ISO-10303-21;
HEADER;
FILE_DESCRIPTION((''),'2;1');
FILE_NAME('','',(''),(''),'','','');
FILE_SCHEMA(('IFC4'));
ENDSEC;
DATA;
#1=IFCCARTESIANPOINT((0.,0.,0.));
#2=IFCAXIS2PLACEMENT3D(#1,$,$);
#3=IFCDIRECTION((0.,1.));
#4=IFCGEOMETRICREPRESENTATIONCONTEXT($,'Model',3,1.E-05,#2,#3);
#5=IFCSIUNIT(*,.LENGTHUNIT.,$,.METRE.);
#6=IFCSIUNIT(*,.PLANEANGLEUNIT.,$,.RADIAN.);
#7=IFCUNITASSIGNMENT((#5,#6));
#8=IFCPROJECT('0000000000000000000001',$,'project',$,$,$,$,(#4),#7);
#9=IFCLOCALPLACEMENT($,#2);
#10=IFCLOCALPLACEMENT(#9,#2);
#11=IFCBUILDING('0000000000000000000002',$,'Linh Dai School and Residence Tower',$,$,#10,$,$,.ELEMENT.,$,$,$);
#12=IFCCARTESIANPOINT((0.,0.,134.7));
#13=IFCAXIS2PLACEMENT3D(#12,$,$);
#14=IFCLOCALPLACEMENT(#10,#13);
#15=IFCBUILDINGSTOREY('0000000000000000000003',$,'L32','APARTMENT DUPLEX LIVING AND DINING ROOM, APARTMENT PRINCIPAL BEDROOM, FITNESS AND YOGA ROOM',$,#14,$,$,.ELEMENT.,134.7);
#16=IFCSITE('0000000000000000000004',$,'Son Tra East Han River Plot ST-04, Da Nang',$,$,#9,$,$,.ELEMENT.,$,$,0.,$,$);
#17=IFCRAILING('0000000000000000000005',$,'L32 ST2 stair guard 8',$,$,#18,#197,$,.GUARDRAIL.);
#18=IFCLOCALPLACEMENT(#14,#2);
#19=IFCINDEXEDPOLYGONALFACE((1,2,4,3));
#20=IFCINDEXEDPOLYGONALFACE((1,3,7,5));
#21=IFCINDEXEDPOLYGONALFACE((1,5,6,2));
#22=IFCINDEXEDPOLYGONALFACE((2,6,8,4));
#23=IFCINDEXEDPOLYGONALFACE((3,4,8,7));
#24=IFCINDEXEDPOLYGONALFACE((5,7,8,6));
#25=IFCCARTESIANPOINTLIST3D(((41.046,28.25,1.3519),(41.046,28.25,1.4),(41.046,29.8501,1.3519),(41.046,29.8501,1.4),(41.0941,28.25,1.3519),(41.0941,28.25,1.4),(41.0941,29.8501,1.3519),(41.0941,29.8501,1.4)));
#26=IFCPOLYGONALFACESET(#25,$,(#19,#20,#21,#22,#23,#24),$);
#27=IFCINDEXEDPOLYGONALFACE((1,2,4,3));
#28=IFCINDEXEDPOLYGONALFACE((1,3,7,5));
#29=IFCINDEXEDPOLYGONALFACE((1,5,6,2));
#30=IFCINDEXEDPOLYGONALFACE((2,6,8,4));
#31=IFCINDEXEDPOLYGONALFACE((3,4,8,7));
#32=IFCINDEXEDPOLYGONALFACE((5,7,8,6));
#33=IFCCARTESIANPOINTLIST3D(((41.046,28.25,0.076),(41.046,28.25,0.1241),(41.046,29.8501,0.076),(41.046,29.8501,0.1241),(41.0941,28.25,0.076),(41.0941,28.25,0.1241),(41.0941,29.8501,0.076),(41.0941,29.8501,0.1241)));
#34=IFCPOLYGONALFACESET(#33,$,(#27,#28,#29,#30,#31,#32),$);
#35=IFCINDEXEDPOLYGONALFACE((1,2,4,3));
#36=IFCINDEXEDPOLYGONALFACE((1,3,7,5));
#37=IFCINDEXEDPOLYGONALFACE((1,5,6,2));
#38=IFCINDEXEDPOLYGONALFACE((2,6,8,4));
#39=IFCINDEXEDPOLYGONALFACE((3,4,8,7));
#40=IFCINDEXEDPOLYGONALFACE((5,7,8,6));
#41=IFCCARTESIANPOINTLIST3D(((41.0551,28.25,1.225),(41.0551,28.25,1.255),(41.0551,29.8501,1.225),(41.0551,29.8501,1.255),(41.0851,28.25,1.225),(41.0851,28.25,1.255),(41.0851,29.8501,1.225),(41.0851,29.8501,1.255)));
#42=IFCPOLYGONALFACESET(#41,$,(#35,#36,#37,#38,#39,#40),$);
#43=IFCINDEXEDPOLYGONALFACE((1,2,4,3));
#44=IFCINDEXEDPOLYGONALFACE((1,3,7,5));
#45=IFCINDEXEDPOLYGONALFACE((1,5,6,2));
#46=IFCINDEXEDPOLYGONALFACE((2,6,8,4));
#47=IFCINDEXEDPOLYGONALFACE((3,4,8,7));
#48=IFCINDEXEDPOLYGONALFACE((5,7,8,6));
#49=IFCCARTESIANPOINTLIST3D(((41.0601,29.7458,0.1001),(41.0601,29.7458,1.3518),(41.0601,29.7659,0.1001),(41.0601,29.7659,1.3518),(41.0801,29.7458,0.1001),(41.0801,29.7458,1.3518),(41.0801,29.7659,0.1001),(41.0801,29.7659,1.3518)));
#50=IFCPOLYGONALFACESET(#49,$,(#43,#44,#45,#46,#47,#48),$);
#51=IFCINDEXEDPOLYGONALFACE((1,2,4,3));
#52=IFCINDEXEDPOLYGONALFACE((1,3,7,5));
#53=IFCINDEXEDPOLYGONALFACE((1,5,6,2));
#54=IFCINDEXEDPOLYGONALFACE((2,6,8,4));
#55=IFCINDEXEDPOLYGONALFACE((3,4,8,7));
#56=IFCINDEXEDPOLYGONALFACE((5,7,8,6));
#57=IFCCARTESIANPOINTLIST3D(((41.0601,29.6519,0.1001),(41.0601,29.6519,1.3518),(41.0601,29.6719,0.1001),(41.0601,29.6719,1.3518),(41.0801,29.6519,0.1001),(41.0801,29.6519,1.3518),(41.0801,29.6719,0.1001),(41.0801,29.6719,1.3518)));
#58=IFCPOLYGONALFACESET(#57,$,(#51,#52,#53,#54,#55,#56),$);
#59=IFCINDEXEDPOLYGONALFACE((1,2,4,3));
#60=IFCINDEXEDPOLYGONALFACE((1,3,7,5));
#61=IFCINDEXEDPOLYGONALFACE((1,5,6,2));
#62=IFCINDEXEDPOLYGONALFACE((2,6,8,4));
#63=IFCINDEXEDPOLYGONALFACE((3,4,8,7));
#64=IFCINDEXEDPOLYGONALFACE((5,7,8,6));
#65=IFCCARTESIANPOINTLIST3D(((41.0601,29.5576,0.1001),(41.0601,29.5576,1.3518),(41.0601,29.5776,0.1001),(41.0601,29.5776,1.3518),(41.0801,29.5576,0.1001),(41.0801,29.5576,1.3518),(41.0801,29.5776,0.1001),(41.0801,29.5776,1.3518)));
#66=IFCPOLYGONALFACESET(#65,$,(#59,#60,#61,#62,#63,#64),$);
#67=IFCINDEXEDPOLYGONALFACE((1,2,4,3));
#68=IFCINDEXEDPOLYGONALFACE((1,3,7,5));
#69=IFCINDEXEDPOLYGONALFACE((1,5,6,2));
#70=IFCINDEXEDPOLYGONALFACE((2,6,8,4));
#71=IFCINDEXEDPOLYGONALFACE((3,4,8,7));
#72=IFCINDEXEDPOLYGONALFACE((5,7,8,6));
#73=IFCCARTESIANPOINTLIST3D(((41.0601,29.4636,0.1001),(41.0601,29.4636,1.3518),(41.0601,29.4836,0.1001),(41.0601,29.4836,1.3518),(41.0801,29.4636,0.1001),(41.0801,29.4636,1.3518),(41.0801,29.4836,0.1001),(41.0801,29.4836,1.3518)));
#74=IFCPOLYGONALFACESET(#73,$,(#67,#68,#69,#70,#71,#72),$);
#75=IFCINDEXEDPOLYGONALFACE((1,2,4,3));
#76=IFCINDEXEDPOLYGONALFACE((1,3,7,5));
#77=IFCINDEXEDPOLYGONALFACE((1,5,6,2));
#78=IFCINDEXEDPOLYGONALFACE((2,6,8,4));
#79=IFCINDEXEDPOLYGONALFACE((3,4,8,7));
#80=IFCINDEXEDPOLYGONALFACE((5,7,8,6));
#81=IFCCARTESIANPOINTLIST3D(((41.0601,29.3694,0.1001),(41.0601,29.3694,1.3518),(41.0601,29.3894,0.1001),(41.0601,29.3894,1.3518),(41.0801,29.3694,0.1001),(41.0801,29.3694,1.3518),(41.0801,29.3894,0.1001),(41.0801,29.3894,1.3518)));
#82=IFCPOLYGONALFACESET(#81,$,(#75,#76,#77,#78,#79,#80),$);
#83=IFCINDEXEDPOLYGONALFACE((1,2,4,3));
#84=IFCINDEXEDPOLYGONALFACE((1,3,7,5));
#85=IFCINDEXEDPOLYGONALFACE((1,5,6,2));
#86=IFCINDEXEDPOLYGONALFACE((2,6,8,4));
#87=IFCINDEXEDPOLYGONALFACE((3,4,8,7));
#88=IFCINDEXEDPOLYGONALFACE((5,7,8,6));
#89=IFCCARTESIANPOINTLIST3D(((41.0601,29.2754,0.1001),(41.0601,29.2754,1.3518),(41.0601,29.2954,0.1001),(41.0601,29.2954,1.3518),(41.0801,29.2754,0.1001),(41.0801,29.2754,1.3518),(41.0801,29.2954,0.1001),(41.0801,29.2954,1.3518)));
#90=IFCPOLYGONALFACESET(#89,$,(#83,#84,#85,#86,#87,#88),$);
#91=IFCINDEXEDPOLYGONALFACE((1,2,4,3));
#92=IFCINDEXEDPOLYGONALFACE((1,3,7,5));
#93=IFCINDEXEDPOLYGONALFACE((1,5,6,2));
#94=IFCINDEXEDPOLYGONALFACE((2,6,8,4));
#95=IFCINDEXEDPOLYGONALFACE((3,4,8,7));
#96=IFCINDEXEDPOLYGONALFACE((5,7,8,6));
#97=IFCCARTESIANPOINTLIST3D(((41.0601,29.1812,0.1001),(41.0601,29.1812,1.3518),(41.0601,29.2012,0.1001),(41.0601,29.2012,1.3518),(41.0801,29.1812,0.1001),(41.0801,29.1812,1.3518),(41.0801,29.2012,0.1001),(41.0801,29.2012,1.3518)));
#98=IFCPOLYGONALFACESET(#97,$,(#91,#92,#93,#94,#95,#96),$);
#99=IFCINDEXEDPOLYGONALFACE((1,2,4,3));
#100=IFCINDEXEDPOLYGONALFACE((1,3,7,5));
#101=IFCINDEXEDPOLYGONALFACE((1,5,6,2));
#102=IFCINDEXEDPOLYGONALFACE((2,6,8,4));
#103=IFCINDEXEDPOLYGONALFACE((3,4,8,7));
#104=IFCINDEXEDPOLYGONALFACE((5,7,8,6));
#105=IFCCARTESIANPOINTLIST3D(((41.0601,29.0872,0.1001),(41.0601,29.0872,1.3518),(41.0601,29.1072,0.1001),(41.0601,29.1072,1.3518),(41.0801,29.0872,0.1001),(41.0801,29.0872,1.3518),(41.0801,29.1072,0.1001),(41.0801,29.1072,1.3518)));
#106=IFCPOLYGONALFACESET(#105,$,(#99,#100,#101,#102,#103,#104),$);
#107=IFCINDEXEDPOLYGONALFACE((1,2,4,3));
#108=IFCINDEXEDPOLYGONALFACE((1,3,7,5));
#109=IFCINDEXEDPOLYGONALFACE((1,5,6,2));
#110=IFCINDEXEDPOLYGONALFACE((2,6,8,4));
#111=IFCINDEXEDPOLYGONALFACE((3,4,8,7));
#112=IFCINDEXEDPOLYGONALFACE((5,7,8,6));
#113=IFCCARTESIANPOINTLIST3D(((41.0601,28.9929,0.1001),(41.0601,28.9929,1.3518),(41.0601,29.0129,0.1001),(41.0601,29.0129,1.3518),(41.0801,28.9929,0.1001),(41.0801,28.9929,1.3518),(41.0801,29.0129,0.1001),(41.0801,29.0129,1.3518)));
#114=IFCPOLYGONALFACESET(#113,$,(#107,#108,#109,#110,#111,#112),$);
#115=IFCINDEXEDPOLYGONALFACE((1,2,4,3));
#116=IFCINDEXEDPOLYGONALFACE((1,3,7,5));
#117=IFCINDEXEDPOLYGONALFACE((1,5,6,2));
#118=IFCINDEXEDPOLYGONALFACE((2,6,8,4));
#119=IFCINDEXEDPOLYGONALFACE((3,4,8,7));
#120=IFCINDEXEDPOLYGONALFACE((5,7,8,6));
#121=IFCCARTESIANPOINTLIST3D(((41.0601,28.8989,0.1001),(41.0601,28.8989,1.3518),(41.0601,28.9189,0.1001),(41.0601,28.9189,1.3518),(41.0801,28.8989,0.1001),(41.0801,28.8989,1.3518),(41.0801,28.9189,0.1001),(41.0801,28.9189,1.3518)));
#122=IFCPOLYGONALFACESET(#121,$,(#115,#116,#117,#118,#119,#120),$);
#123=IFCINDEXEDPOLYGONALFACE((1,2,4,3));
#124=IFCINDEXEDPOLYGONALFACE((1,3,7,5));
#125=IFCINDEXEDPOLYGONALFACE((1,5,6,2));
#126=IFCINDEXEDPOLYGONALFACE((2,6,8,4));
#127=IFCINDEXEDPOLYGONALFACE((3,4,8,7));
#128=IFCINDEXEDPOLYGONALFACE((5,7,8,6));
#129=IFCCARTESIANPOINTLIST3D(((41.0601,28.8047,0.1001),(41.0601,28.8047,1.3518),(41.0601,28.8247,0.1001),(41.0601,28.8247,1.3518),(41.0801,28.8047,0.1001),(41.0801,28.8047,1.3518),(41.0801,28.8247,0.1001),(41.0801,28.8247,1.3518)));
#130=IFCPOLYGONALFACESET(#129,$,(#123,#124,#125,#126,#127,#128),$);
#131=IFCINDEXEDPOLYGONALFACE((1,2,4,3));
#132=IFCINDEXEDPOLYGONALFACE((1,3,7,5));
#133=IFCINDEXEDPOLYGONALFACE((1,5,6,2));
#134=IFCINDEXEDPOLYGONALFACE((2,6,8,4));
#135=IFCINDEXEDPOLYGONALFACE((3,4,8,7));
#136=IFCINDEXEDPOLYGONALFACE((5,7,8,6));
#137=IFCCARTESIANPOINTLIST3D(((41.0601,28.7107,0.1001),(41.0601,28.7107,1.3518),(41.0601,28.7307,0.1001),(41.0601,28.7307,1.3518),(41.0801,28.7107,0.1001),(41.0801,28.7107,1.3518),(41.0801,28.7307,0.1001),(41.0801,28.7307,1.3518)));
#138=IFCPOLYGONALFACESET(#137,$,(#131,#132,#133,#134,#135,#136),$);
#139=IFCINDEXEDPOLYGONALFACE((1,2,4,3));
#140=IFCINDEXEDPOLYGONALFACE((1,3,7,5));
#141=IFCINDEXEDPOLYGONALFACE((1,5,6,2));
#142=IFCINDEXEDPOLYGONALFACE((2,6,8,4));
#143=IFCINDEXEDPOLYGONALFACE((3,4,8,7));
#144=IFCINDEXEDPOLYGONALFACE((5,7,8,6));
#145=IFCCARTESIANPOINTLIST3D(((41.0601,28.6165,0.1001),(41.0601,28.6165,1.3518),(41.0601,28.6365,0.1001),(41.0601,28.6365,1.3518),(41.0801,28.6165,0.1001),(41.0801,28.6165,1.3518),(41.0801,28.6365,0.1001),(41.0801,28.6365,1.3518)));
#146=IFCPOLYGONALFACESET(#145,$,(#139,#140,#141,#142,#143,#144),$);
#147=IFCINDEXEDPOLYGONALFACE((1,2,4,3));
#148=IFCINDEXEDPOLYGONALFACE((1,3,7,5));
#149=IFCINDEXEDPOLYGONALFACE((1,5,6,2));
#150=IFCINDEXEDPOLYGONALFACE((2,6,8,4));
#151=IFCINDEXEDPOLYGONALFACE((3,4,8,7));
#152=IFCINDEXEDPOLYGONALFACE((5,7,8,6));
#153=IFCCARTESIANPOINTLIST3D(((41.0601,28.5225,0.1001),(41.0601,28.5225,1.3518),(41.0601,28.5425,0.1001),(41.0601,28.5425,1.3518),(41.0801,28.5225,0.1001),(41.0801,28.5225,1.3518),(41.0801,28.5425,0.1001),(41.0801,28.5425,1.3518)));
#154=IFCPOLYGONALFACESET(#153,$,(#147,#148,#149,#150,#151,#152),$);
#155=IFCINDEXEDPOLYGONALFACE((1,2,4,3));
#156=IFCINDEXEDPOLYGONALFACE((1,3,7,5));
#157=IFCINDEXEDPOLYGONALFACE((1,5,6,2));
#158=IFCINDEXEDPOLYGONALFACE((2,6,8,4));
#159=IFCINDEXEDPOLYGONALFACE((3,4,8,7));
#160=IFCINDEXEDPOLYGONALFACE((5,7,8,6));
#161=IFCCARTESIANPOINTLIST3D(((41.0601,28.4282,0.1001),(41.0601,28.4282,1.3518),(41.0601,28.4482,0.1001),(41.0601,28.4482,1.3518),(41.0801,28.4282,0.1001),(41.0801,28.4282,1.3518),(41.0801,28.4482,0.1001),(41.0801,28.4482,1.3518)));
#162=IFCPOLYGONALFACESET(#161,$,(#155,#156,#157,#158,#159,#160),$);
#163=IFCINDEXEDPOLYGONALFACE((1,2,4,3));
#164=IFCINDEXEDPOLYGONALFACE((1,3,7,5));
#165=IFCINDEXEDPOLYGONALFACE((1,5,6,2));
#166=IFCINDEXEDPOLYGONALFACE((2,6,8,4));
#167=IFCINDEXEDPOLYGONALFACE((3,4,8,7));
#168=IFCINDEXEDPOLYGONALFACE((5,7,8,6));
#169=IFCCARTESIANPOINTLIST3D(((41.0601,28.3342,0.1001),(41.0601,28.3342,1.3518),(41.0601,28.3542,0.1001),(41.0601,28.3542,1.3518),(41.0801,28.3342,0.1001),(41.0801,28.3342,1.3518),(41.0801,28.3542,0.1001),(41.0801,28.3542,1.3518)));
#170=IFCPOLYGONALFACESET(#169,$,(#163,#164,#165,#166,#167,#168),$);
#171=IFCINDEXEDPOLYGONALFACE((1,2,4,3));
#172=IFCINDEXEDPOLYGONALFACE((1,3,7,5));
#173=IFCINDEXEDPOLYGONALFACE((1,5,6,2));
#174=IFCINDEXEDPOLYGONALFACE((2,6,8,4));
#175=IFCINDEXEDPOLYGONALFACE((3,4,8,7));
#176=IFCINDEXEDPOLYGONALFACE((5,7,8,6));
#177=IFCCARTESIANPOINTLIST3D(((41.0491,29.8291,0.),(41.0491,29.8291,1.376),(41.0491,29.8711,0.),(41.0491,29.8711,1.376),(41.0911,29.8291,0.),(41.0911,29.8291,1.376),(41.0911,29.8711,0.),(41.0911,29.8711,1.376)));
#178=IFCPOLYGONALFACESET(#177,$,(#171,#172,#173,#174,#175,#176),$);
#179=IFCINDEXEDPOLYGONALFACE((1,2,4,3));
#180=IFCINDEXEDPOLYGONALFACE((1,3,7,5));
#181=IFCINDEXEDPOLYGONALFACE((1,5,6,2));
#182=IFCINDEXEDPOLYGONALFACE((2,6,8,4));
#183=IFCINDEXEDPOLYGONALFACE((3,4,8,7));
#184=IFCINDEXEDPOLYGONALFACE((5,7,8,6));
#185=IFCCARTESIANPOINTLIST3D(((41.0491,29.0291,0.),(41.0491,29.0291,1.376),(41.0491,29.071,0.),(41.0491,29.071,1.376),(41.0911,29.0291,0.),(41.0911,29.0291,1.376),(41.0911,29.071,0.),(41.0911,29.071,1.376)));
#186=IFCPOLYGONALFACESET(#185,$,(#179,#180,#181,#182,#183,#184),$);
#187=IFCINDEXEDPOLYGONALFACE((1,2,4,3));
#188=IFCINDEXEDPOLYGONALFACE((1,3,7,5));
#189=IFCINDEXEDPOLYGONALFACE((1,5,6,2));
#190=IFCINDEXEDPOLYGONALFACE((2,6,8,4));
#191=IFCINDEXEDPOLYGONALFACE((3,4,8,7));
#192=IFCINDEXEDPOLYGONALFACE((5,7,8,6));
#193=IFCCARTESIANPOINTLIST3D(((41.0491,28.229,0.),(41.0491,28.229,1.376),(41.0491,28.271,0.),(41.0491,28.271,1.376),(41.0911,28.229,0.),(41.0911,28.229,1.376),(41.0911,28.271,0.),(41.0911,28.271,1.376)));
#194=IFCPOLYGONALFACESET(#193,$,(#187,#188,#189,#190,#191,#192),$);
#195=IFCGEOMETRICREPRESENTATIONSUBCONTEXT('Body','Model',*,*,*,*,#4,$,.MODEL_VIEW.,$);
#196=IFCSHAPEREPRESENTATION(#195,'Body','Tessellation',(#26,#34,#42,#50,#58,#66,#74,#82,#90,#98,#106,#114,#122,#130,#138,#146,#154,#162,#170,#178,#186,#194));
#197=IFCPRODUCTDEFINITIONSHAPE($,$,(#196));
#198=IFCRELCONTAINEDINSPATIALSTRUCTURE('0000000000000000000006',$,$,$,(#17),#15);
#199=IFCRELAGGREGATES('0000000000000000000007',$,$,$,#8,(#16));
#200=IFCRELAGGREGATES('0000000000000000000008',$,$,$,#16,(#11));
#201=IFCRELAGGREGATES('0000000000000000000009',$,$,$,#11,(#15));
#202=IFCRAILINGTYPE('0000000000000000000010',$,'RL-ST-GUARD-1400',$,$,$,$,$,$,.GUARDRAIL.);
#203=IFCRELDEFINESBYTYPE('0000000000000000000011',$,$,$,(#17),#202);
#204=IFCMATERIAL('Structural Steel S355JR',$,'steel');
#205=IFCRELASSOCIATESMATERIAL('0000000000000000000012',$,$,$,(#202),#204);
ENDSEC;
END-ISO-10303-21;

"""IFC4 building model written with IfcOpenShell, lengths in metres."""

from ifc_helpers import new_model, si_unit, direction, frame, origin, origin_2d, place, context, subcontext, project, spatial, rectangle, extrude, source, transform, mapped, material, type_object, element, save


model = new_model("IFC4")

# Units and contexts
model_context = context("Model", 3, precision=1e-05, world=origin(), true_north=direction((0.0, 1.0)))
body_context = subcontext(model_context, "Body", "Model", "MODEL_VIEW")
ifc_project = project(units=[si_unit("LENGTHUNIT", "METRE"), si_unit("PLANEANGLEUNIT", "RADIAN")], contexts=[model_context])

# Site, building, storey
site_placement = place(None, origin())
site = spatial("IfcSite", under=ifc_project, at=site_placement, Name="Son Tra East Han River Plot ST-04, Da Nang", CompositionType="ELEMENT", RefElevation=0.0)
building_placement = place(site_placement, origin())
building = spatial("IfcBuilding", under=site, at=building_placement, Name="Linh Dai School and Residence Tower", CompositionType="ELEMENT")
storey_placement = place(building_placement, frame((0.0, 0.0, 134.7)))
storey = spatial("IfcBuildingStorey", under=building, at=storey_placement, Name="L32", Description="APARTMENT DUPLEX LIVING AND DINING ROOM, APARTMENT PRINCIPAL BEDROOM, FITNESS AND YOGA ROOM", CompositionType="ELEMENT", Elevation=134.7)

# Shared definitions
ifc_material_1 = material(Name="Structural Steel S355JR", Category="steel")

# Railing
railing_type_1 = type_object("IfcRailingType", Name="RL-ST-GUARD-1400", PredefinedType="GUARDRAIL", material=ifc_material_1)
shared_shape_1 = source(origin(), body_context, "Body", "SweptSolid", [
    extrude(rectangle(XDim=0.0481, YDim=0.0481, at=origin_2d()), frame((0.0, 0.0, 1.376), z_axis=(0.0, -1.0, 0.0), x_axis=(1.0, 0.0, 0.0)), (0.0, 0.0, 1.0), 1.6001),
    extrude(rectangle(XDim=0.0481, YDim=0.0481, at=origin_2d()), frame((0.0, 0.0, 0.1001), z_axis=(0.0, -1.0, 0.0), x_axis=(1.0, 0.0, 0.0)), (0.0, 0.0, 1.0), 1.6001),
    extrude(rectangle(XDim=0.03, YDim=0.03, at=origin_2d()), frame((0.0, 0.0, 1.24), z_axis=(0.0, -1.0, 0.0), x_axis=(1.0, 0.0, 0.0)), (0.0, 0.0, 1.0), 1.6001),
    extrude(rectangle(XDim=0.02, YDim=0.02, at=origin_2d()), frame((0.0, -0.0942, 0.1001)), (0.0, 0.0, 1.0), 1.2517),
    extrude(rectangle(XDim=0.02, YDim=0.02, at=origin_2d()), frame((0.0, -0.1882, 0.1001)), (0.0, 0.0, 1.0), 1.2517),
    extrude(rectangle(XDim=0.02, YDim=0.02, at=origin_2d()), frame((0.0, -0.2825, 0.1001)), (0.0, 0.0, 1.0), 1.2517),
    extrude(rectangle(XDim=0.02, YDim=0.02, at=origin_2d()), frame((0.0, -0.3765, 0.1001)), (0.0, 0.0, 1.0), 1.2517),
    extrude(rectangle(XDim=0.02, YDim=0.02, at=origin_2d()), frame((0.0, -0.4707, 0.1001)), (0.0, 0.0, 1.0), 1.2517),
    extrude(rectangle(XDim=0.02, YDim=0.02, at=origin_2d()), frame((0.0, -0.5647, 0.1001)), (0.0, 0.0, 1.0), 1.2517),
    extrude(rectangle(XDim=0.02, YDim=0.02, at=origin_2d()), frame((0.0, -0.6589, 0.1001)), (0.0, 0.0, 1.0), 1.2517),
    extrude(rectangle(XDim=0.02, YDim=0.02, at=origin_2d()), frame((0.0, -0.7529, 0.1001)), (0.0, 0.0, 1.0), 1.2517),
    extrude(rectangle(XDim=0.02, YDim=0.02, at=origin_2d()), frame((0.0, -0.8472, 0.1001)), (0.0, 0.0, 1.0), 1.2517),
    extrude(rectangle(XDim=0.02, YDim=0.02, at=origin_2d()), frame((0.0, -0.9412, 0.1001)), (0.0, 0.0, 1.0), 1.2517),
    extrude(rectangle(XDim=0.02, YDim=0.02, at=origin_2d()), frame((0.0, -1.0354, 0.1001)), (0.0, 0.0, 1.0), 1.2517),
    extrude(rectangle(XDim=0.02, YDim=0.02, at=origin_2d()), frame((0.0, -1.1294, 0.1001)), (0.0, 0.0, 1.0), 1.2517),
    extrude(rectangle(XDim=0.02, YDim=0.02, at=origin_2d()), frame((0.0, -1.2236, 0.1001)), (0.0, 0.0, 1.0), 1.2517),
    extrude(rectangle(XDim=0.02, YDim=0.02, at=origin_2d()), frame((0.0, -1.3176, 0.1001)), (0.0, 0.0, 1.0), 1.2517),
    extrude(rectangle(XDim=0.02, YDim=0.02, at=origin_2d()), frame((0.0, -1.4119, 0.1001)), (0.0, 0.0, 1.0), 1.2517),
    extrude(rectangle(XDim=0.02, YDim=0.02, at=origin_2d()), frame((0.0, -1.5059, 0.1001)), (0.0, 0.0, 1.0), 1.2517),
    extrude(rectangle(XDim=0.042, YDim=0.042, at=origin_2d()), origin(), (0.0, 0.0, 1.0), 1.376),
    extrude(rectangle(XDim=0.042, YDim=0.042, at=origin_2d()), frame((0.0, -0.8, 0.0)), (0.0, 0.0, 1.0), 1.376),
    extrude(rectangle(XDim=0.042, YDim=0.042, at=origin_2d()), frame((0.0, -1.6001, 0.0)), (0.0, 0.0, 1.0), 1.376),
])
for number, where, name in (
    (1, (41.0701, 29.8501, 0.0), "L32 ST2 stair guard 8"),
):
    element("IfcRailing", number, at=place(storey_placement, frame(where)), inside=storey, type_object=railing_type_1, Name=name, PredefinedType="GUARDRAIL", context=body_context, shape_type="MappedRepresentation", body=[
        mapped(shared_shape_1, transform((0.0, 0.0, 0.0), x_axis=(1.0, 0.0, 0.0), y_axis=(0.0, 1.0, 0.0), z_axis=(0.0, 0.0, 1.0), scale=1.0)),
    ])

save(model, "model.ifc")
